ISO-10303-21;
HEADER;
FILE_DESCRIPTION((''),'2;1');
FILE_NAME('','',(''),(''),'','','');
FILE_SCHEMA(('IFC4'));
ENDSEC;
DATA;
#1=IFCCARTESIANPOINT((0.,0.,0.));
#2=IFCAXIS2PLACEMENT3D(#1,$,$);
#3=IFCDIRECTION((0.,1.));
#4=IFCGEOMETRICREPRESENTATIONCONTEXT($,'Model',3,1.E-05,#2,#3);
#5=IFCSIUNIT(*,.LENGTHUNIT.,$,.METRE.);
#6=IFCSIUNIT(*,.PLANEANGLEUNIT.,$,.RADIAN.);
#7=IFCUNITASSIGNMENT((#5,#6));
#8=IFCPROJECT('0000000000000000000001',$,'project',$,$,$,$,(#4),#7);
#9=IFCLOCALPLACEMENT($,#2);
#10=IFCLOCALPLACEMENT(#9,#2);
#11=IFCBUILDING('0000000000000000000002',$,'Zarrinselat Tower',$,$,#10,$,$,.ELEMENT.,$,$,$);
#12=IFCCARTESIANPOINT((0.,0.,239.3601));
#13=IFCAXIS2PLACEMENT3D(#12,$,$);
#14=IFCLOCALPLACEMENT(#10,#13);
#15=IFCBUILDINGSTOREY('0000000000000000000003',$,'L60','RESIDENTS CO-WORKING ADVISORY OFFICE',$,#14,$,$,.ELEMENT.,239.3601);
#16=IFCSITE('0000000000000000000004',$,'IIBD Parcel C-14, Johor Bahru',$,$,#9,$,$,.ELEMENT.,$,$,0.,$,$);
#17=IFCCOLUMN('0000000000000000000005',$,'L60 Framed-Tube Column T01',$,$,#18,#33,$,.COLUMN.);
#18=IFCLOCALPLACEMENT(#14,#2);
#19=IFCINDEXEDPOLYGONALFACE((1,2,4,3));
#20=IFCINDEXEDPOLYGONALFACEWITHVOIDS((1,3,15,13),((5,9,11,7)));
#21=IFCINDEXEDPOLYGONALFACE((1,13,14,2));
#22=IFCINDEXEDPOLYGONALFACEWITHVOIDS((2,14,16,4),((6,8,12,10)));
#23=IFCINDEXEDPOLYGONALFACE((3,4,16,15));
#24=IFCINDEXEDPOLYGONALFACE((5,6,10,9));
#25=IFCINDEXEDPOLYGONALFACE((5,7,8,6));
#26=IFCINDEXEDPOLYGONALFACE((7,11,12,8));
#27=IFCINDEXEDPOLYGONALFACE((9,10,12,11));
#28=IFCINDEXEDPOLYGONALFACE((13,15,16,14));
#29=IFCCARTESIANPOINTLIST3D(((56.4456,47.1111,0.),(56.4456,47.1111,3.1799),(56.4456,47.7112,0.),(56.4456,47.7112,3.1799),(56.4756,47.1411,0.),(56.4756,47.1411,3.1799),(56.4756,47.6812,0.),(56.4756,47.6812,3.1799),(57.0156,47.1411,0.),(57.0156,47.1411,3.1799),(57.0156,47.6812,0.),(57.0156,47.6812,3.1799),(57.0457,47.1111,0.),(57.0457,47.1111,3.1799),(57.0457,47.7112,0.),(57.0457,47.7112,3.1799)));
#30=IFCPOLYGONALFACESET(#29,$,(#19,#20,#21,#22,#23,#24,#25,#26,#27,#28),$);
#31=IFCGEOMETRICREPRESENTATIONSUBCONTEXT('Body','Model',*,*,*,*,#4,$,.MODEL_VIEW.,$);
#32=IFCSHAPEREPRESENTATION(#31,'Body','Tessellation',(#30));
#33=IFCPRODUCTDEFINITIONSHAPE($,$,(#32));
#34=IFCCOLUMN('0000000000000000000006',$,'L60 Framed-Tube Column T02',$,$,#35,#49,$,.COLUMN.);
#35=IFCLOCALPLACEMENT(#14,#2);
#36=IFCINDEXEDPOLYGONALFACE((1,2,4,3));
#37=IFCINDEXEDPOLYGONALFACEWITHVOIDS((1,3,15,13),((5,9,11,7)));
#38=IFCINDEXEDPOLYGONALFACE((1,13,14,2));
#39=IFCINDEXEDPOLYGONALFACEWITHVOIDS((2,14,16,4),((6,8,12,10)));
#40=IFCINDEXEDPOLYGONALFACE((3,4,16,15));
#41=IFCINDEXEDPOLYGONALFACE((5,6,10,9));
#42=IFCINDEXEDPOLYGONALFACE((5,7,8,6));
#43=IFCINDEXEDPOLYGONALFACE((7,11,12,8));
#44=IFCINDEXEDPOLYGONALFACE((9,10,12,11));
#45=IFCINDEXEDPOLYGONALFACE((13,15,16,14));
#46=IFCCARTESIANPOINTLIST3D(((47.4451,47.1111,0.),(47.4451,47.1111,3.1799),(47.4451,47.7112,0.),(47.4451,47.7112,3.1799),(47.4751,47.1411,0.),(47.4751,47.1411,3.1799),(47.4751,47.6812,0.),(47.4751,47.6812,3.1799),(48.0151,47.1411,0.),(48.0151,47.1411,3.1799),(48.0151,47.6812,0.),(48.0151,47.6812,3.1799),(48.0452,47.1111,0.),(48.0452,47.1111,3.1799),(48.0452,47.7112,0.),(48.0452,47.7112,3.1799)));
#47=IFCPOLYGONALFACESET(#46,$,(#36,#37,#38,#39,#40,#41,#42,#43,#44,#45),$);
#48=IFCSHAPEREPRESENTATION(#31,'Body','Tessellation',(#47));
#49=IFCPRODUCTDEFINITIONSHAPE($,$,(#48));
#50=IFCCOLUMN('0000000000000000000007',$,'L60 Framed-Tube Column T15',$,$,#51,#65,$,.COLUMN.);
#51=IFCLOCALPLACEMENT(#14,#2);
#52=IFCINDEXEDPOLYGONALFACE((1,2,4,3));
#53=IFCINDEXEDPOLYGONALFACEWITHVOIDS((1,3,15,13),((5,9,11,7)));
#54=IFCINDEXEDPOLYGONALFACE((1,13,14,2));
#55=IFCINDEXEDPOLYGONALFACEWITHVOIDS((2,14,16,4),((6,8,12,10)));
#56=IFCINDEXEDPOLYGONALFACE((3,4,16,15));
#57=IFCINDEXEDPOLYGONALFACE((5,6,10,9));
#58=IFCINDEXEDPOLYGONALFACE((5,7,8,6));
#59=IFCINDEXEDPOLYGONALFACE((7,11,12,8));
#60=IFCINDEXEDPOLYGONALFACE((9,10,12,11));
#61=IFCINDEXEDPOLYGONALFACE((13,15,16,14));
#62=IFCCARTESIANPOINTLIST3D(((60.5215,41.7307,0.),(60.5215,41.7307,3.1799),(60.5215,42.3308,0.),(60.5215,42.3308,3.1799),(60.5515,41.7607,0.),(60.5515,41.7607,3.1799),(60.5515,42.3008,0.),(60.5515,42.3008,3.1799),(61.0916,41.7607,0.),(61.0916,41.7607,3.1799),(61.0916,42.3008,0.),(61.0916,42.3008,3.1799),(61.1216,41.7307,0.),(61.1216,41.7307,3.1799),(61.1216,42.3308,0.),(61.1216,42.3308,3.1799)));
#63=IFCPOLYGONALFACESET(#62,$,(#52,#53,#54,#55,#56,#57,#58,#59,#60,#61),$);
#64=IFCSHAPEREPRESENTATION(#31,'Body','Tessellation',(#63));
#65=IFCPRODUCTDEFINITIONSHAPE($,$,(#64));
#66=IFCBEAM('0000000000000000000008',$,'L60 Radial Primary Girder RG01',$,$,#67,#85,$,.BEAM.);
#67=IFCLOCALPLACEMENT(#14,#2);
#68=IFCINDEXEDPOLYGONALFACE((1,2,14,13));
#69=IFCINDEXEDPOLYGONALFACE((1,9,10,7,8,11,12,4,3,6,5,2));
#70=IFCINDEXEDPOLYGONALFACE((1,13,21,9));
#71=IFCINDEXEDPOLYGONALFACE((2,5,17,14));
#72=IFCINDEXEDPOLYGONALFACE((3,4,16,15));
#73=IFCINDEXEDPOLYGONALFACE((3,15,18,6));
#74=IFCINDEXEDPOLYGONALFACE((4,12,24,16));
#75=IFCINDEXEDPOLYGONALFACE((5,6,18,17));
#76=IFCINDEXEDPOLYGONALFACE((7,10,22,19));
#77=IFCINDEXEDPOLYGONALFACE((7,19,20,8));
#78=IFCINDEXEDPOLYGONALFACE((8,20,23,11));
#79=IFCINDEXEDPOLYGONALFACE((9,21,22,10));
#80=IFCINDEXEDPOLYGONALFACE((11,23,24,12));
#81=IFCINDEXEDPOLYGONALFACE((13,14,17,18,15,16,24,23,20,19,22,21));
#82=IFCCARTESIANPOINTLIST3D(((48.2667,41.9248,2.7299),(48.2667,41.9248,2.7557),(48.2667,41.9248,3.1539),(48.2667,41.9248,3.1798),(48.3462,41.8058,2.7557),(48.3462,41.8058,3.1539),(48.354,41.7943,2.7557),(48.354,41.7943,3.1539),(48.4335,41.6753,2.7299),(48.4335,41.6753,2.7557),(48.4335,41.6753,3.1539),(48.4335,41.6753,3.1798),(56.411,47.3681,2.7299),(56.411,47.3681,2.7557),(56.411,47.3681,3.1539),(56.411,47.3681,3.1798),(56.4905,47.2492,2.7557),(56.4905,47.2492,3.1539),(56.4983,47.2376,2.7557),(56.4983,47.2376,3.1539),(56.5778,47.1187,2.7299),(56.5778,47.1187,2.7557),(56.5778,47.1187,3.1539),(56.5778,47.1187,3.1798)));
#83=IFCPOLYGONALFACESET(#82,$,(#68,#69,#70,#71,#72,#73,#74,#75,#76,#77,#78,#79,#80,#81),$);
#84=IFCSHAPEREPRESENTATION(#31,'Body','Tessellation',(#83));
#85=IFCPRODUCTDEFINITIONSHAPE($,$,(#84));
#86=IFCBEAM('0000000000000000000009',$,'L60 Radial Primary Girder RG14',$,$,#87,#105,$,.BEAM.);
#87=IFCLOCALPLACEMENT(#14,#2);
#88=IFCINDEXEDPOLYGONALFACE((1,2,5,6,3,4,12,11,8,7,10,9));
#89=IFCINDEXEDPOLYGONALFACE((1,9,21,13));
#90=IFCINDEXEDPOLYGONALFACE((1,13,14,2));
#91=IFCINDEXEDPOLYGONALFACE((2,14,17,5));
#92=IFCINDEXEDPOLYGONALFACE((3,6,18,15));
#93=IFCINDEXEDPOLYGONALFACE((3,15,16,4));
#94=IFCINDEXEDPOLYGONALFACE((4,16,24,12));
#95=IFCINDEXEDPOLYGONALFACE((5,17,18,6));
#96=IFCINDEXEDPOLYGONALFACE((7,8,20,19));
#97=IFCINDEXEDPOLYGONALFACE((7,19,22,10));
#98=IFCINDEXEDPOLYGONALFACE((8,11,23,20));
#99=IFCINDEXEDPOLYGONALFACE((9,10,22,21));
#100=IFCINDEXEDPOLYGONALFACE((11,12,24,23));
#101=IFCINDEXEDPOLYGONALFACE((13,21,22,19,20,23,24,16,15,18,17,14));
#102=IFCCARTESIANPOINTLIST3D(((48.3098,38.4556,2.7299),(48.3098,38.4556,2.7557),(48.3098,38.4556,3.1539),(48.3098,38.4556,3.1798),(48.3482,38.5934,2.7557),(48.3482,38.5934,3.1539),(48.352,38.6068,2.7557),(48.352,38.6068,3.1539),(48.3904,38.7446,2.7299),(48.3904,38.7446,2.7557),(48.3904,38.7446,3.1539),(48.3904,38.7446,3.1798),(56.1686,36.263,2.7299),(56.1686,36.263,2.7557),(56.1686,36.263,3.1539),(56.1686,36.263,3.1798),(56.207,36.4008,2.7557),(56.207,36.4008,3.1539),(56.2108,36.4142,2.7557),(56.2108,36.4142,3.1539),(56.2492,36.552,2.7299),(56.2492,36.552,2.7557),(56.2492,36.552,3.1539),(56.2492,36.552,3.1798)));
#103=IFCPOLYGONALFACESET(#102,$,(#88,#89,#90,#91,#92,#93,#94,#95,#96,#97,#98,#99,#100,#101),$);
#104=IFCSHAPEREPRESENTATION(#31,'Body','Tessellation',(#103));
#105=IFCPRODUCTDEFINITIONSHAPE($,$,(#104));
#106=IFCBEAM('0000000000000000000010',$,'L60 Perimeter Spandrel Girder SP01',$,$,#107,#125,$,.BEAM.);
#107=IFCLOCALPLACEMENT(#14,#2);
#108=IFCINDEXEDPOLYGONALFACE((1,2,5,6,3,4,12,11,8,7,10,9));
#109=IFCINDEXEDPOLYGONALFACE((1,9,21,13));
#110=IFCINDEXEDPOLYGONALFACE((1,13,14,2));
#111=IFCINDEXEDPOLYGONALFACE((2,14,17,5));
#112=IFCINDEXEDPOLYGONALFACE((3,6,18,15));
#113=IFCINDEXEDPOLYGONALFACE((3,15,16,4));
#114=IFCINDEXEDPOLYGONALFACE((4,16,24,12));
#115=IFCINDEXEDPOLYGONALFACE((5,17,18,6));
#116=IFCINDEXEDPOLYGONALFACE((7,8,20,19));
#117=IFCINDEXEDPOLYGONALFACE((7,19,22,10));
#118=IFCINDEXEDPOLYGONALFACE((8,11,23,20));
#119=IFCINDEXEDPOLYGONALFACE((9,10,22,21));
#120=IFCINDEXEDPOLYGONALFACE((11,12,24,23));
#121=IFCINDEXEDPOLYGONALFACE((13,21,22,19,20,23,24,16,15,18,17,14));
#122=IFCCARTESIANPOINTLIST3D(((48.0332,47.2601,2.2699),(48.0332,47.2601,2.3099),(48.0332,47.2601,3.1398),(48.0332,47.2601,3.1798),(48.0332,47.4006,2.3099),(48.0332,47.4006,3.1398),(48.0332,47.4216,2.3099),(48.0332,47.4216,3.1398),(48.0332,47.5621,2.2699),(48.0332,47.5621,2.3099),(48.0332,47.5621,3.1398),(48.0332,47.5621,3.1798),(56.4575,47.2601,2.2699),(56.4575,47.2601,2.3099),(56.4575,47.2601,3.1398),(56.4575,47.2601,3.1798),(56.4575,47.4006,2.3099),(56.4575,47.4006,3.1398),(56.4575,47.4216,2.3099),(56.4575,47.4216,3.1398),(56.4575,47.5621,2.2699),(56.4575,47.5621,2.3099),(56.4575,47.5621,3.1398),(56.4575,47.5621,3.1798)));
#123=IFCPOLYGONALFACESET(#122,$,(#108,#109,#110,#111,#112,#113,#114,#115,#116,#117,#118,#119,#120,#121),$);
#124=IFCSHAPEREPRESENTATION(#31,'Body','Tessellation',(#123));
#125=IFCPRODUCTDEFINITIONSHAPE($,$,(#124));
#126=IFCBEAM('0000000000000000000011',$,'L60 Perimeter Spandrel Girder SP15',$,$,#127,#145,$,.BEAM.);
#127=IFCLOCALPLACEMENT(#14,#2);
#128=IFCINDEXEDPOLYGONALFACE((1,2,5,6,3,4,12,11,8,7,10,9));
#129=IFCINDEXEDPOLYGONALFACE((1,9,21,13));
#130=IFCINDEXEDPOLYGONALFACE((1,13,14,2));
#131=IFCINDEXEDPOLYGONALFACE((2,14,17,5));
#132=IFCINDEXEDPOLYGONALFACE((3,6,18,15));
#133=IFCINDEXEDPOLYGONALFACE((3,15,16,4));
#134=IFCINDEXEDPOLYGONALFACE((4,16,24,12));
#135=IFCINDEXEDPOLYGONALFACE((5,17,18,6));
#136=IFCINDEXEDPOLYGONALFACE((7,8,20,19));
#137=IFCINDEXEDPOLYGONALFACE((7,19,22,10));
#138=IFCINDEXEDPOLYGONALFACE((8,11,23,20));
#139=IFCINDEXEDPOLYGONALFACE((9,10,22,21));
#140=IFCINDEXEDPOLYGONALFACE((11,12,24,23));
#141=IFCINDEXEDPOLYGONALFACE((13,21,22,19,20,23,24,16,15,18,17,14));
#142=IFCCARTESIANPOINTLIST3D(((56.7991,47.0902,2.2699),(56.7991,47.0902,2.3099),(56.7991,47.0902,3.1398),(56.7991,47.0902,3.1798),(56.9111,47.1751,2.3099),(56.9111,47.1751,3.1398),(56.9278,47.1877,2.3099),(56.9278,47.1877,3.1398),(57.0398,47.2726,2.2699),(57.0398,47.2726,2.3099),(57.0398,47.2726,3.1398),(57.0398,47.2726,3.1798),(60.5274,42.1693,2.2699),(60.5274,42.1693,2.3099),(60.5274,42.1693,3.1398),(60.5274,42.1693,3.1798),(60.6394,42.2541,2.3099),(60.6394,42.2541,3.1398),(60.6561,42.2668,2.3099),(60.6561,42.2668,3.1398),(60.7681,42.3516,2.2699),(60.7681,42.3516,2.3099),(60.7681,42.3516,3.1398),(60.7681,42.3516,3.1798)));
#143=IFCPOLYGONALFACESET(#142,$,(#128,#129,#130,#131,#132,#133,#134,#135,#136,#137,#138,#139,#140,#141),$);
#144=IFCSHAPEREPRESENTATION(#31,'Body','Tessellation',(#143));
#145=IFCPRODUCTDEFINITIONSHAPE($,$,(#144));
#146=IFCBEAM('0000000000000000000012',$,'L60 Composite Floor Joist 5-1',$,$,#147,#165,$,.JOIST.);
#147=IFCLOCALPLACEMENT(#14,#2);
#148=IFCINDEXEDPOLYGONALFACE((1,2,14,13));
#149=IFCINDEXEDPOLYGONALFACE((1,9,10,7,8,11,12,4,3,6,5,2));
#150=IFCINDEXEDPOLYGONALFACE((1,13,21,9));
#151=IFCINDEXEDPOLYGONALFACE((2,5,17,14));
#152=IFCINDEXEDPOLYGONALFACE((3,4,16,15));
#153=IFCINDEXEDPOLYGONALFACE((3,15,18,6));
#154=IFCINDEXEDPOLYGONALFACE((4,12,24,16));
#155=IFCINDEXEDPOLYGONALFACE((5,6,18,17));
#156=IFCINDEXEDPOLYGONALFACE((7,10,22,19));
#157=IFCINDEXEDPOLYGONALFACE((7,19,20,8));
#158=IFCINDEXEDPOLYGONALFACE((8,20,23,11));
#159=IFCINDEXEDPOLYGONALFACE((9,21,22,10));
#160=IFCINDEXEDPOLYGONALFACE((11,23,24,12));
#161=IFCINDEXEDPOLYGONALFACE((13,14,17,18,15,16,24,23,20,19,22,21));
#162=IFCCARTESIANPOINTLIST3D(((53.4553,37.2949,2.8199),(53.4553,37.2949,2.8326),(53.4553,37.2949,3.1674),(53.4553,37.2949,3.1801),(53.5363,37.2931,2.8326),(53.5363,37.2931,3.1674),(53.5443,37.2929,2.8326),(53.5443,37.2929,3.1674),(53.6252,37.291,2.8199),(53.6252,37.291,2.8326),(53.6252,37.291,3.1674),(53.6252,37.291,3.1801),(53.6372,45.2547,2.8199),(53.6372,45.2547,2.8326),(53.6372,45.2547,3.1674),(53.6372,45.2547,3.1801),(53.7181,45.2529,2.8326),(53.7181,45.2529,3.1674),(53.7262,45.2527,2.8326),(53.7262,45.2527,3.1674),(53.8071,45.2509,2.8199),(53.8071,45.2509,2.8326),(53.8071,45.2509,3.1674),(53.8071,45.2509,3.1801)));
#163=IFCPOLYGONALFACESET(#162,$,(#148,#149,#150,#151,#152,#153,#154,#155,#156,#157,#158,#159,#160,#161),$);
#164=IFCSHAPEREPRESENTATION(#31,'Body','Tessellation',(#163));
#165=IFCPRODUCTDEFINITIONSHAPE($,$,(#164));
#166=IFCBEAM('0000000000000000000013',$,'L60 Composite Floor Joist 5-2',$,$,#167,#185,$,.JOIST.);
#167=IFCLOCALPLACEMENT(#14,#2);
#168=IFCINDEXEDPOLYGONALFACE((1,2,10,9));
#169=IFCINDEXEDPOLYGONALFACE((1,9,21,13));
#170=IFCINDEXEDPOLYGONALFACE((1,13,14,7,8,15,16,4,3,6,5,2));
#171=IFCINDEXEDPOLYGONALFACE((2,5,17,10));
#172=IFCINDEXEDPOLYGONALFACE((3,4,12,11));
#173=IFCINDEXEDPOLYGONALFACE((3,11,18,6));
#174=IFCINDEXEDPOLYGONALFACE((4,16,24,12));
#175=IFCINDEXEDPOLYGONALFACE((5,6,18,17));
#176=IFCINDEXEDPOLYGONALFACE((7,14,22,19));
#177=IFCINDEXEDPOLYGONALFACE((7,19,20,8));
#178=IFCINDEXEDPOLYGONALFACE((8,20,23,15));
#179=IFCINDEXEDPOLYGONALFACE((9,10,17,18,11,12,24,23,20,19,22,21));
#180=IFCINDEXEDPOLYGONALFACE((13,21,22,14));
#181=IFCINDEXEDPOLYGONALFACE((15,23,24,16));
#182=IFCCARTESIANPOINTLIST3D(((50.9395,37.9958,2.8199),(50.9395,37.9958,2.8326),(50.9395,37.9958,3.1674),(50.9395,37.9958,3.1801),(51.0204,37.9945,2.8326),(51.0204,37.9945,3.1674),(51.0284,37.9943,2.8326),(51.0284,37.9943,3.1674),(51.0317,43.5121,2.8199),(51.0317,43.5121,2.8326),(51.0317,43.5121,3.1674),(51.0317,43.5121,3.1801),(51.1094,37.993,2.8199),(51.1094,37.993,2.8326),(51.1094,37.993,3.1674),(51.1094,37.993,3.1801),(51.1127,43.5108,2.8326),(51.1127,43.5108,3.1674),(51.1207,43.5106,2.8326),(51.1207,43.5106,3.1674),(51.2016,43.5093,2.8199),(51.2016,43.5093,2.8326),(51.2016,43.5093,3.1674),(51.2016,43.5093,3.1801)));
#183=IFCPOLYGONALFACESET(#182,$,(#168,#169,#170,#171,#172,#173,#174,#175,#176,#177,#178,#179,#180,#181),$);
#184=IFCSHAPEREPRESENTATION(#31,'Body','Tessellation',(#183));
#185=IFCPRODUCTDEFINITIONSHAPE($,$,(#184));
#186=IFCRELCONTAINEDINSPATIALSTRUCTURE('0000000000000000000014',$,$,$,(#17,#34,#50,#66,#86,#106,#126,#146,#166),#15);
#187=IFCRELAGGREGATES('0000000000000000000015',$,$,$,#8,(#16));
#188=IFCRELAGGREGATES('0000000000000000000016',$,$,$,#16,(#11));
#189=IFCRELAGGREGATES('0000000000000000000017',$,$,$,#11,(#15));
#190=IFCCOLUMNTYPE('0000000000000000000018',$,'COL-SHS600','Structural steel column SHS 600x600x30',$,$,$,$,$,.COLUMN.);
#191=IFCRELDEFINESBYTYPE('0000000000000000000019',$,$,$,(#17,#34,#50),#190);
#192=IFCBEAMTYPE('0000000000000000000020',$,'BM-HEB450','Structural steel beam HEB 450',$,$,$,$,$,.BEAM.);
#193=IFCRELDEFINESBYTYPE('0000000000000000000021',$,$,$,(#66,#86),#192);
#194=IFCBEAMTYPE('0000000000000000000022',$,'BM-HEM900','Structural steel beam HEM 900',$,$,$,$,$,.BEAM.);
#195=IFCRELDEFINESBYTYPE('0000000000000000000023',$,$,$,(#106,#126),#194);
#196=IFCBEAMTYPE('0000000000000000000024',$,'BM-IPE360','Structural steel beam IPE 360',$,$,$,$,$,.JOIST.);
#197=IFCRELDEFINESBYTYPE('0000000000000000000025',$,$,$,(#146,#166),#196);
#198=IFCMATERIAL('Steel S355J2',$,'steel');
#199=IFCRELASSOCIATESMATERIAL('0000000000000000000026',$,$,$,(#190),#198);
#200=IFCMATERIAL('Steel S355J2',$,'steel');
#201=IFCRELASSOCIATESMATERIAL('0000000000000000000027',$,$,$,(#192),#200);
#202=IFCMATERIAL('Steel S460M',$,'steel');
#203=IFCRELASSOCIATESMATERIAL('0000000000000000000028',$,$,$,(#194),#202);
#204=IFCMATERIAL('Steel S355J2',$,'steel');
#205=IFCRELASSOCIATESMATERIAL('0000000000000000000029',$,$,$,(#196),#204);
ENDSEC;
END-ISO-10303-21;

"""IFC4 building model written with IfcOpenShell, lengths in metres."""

from ifc_helpers import new_model, si_unit, direction, frame, origin, origin_2d, place, context, subcontext, project, spatial, hollow_rectangle, i_section, extrude, material, material_profile, profile_set, type_object, element, save


model = new_model("IFC4")

# Units and contexts
model_context = context("Model", 3, precision=1e-05, world=origin(), true_north=direction((0.0, 1.0)))
body_context = subcontext(model_context, "Body", "Model", "MODEL_VIEW")
ifc_project = project(units=[si_unit("LENGTHUNIT", "METRE"), si_unit("PLANEANGLEUNIT", "RADIAN")], contexts=[model_context])

# Site, building, storey
site_placement = place(None, origin())
site = spatial("IfcSite", under=ifc_project, at=site_placement, Name="IIBD Parcel C-14, Johor Bahru", CompositionType="ELEMENT", RefElevation=0.0)
building_placement = place(site_placement, origin())
building = spatial("IfcBuilding", under=site, at=building_placement, Name="Zarrinselat Tower", CompositionType="ELEMENT")
storey_placement = place(building_placement, frame((0.0, 0.0, 239.3601)))
storey = spatial("IfcBuildingStorey", under=building, at=storey_placement, Name="L60", Description="RESIDENTS CO-WORKING ADVISORY OFFICE", CompositionType="ELEMENT", Elevation=239.3601)

# Columns
ifc_material_1 = material(Name="Steel S355J2", Category="steel")
ifc_material_profile_1 = material_profile(ifc_material_1, hollow_rectangle(XDim=0.6001, YDim=0.6001, WallThickness=0.03, at=origin_2d()), Name="SHS 600x600x30")
ifc_profile_set_1 = profile_set([ifc_material_profile_1], Name="Steel S355J2")
column_type = type_object("IfcColumnType", Name="COL-SHS600", Description="Structural steel column SHS 600x600x30", PredefinedType="COLUMN", material=ifc_profile_set_1)
for number, where, z_axis, x_axis, name in (
    (1, (56.7456, 47.4111, 0.0), (0.0, 0.0, 1.0), (1.0, 0.0, 0.0), "L60 Framed-Tube Column T01"),
    (2, (47.7451, 47.4111, 0.0), (0.0, 0.0, 1.0), (1.0, 0.0, 0.0), "L60 Framed-Tube Column T02"),
    (3, (60.8215, 42.0308, 0.0), (0.0, 0.0, 1.0), (1.0, 0.0, 0.0), "L60 Framed-Tube Column T15"),
):
    element("IfcColumn", number, at=place(storey_placement, frame(where, z_axis=z_axis, x_axis=x_axis)), inside=storey, type_object=column_type, Name=name, PredefinedType="COLUMN", context=body_context, shape_type="SweptSolid", body=[
        extrude(hollow_rectangle(XDim=0.6001, YDim=0.6001, WallThickness=0.03, at=origin_2d()), origin(), (0.0, 0.0, 1.0), 3.1799),
    ])

# Beams
ifc_material_2 = material(Name="Steel S355J2", Category="steel")
ifc_material_profile_2 = material_profile(ifc_material_2, i_section(OverallWidth=0.3, OverallDepth=0.45, WebThickness=0.0139, FlangeThickness=0.0259, at=origin_2d()), Name="HEB 450")
ifc_profile_set_2 = profile_set([ifc_material_profile_2], Name="Steel S355J2")
beam_type_1 = type_object("IfcBeamType", Name="BM-HEB450", Description="Structural steel beam HEB 450", PredefinedType="BEAM", material=ifc_profile_set_2)
beam_1_placement = place(storey_placement, frame((48.3501, 41.8, 2.9548), z_axis=(0.831398, 0.555678, 0.0), x_axis=(-0.555678, 0.831398, 0.0)))
element("IfcBeam", 4, at=beam_1_placement, inside=storey, type_object=beam_type_1, Name="L60 Radial Primary Girder RG01", PredefinedType="BEAM", context=body_context, shape_type="SweptSolid", body=[
    extrude(i_section(OverallWidth=0.3, OverallDepth=0.45, WebThickness=0.0139, FlangeThickness=0.0259, at=origin_2d()), origin(), (0.0, 0.0, 1.0), 9.7959),
])
beam_2_placement = place(storey_placement, frame((48.3501, 38.6001, 2.9548), z_axis=(0.963214, -0.268736, 0.0), x_axis=(0.268736, 0.963214, 0.0)))
element("IfcBeam", 5, at=beam_2_placement, inside=storey, type_object=beam_type_1, Name="L60 Radial Primary Girder RG14", PredefinedType="BEAM", context=body_context, shape_type="SweptSolid", body=[
    extrude(i_section(OverallWidth=0.3, OverallDepth=0.45, WebThickness=0.0139, FlangeThickness=0.0259, at=origin_2d()), origin(), (0.0, 0.0, 1.0), 8.1589),
])
ifc_material_3 = material(Name="Steel S460M", Category="steel")
ifc_material_profile_3 = material_profile(ifc_material_3, i_section(OverallWidth=0.302, OverallDepth=0.9099, WebThickness=0.021, FlangeThickness=0.04, at=origin_2d()), Name="HEM 900")
ifc_profile_set_3 = profile_set([ifc_material_profile_3], Name="Steel S460M")
beam_type_2 = type_object("IfcBeamType", Name="BM-HEM900", Description="Structural steel beam HEM 900", PredefinedType="BEAM", material=ifc_profile_set_3)
beam_3_placement = place(storey_placement, frame((48.0332, 47.4111, 2.7249), z_axis=(1.0, 0.0, 0.0), x_axis=(0.0, 1.0, 0.0)))
element("IfcBeam", 6, at=beam_3_placement, inside=storey, type_object=beam_type_2, Name="L60 Perimeter Spandrel Girder SP01", PredefinedType="BEAM", context=body_context, shape_type="SweptSolid", body=[
    extrude(i_section(OverallWidth=0.302, OverallDepth=0.9099, WebThickness=0.021, FlangeThickness=0.04, at=origin_2d()), origin(), (0.0, 0.0, 1.0), 8.4243),
])
beam_4_placement = place(storey_placement, frame((56.9194, 47.1814, 2.7249), z_axis=(0.60389, -0.797067, 0.0), x_axis=(0.797067, 0.60389, 0.0)))
element("IfcBeam", 7, at=beam_4_placement, inside=storey, type_object=beam_type_2, Name="L60 Perimeter Spandrel Girder SP15", PredefinedType="BEAM", context=body_context, shape_type="SweptSolid", body=[
    extrude(i_section(OverallWidth=0.302, OverallDepth=0.9099, WebThickness=0.021, FlangeThickness=0.04, at=origin_2d()), origin(), (0.0, 0.0, 1.0), 6.1738),
])
ifc_material_4 = material(Name="Steel S355J2", Category="steel")
ifc_material_profile_4 = material_profile(ifc_material_4, i_section(OverallWidth=0.1699, OverallDepth=0.3601, WebThickness=0.0081, FlangeThickness=0.0127, at=origin_2d()), Name="IPE 360")
ifc_profile_set_4 = profile_set([ifc_material_profile_4], Name="Steel S355J2")
beam_type_3 = type_object("IfcBeamType", Name="BM-IPE360", Description="Structural steel beam IPE 360", PredefinedType="JOIST", material=ifc_profile_set_4)
beam_5_placement = place(storey_placement, frame((53.5403, 37.293, 3.0), z_axis=(0.022845, 0.999739, 0.0), x_axis=(-0.999739, 0.022845, 0.0)))
element("IfcBeam", 8, at=beam_5_placement, inside=storey, type_object=beam_type_3, Name="L60 Composite Floor Joist 5-1", PredefinedType="JOIST", context=body_context, shape_type="SweptSolid", body=[
    extrude(i_section(OverallWidth=0.1699, OverallDepth=0.3601, WebThickness=0.0081, FlangeThickness=0.0127, at=origin_2d()), origin(), (0.0, 0.0, 1.0), 7.9619),
])
beam_6_placement = place(storey_placement, frame((51.0244, 37.9944, 3.0), z_axis=(0.016727, 0.99986, 0.0), x_axis=(-0.99986, 0.016727, 0.0)))
element("IfcBeam", 9, at=beam_6_placement, inside=storey, type_object=beam_type_3, Name="L60 Composite Floor Joist 5-2", PredefinedType="JOIST", context=body_context, shape_type="SweptSolid", body=[
    extrude(i_section(OverallWidth=0.1699, OverallDepth=0.3601, WebThickness=0.0081, FlangeThickness=0.0127, at=origin_2d()), origin(), (0.0, 0.0, 1.0), 5.5171),
])

save(model, "model.ifc")
